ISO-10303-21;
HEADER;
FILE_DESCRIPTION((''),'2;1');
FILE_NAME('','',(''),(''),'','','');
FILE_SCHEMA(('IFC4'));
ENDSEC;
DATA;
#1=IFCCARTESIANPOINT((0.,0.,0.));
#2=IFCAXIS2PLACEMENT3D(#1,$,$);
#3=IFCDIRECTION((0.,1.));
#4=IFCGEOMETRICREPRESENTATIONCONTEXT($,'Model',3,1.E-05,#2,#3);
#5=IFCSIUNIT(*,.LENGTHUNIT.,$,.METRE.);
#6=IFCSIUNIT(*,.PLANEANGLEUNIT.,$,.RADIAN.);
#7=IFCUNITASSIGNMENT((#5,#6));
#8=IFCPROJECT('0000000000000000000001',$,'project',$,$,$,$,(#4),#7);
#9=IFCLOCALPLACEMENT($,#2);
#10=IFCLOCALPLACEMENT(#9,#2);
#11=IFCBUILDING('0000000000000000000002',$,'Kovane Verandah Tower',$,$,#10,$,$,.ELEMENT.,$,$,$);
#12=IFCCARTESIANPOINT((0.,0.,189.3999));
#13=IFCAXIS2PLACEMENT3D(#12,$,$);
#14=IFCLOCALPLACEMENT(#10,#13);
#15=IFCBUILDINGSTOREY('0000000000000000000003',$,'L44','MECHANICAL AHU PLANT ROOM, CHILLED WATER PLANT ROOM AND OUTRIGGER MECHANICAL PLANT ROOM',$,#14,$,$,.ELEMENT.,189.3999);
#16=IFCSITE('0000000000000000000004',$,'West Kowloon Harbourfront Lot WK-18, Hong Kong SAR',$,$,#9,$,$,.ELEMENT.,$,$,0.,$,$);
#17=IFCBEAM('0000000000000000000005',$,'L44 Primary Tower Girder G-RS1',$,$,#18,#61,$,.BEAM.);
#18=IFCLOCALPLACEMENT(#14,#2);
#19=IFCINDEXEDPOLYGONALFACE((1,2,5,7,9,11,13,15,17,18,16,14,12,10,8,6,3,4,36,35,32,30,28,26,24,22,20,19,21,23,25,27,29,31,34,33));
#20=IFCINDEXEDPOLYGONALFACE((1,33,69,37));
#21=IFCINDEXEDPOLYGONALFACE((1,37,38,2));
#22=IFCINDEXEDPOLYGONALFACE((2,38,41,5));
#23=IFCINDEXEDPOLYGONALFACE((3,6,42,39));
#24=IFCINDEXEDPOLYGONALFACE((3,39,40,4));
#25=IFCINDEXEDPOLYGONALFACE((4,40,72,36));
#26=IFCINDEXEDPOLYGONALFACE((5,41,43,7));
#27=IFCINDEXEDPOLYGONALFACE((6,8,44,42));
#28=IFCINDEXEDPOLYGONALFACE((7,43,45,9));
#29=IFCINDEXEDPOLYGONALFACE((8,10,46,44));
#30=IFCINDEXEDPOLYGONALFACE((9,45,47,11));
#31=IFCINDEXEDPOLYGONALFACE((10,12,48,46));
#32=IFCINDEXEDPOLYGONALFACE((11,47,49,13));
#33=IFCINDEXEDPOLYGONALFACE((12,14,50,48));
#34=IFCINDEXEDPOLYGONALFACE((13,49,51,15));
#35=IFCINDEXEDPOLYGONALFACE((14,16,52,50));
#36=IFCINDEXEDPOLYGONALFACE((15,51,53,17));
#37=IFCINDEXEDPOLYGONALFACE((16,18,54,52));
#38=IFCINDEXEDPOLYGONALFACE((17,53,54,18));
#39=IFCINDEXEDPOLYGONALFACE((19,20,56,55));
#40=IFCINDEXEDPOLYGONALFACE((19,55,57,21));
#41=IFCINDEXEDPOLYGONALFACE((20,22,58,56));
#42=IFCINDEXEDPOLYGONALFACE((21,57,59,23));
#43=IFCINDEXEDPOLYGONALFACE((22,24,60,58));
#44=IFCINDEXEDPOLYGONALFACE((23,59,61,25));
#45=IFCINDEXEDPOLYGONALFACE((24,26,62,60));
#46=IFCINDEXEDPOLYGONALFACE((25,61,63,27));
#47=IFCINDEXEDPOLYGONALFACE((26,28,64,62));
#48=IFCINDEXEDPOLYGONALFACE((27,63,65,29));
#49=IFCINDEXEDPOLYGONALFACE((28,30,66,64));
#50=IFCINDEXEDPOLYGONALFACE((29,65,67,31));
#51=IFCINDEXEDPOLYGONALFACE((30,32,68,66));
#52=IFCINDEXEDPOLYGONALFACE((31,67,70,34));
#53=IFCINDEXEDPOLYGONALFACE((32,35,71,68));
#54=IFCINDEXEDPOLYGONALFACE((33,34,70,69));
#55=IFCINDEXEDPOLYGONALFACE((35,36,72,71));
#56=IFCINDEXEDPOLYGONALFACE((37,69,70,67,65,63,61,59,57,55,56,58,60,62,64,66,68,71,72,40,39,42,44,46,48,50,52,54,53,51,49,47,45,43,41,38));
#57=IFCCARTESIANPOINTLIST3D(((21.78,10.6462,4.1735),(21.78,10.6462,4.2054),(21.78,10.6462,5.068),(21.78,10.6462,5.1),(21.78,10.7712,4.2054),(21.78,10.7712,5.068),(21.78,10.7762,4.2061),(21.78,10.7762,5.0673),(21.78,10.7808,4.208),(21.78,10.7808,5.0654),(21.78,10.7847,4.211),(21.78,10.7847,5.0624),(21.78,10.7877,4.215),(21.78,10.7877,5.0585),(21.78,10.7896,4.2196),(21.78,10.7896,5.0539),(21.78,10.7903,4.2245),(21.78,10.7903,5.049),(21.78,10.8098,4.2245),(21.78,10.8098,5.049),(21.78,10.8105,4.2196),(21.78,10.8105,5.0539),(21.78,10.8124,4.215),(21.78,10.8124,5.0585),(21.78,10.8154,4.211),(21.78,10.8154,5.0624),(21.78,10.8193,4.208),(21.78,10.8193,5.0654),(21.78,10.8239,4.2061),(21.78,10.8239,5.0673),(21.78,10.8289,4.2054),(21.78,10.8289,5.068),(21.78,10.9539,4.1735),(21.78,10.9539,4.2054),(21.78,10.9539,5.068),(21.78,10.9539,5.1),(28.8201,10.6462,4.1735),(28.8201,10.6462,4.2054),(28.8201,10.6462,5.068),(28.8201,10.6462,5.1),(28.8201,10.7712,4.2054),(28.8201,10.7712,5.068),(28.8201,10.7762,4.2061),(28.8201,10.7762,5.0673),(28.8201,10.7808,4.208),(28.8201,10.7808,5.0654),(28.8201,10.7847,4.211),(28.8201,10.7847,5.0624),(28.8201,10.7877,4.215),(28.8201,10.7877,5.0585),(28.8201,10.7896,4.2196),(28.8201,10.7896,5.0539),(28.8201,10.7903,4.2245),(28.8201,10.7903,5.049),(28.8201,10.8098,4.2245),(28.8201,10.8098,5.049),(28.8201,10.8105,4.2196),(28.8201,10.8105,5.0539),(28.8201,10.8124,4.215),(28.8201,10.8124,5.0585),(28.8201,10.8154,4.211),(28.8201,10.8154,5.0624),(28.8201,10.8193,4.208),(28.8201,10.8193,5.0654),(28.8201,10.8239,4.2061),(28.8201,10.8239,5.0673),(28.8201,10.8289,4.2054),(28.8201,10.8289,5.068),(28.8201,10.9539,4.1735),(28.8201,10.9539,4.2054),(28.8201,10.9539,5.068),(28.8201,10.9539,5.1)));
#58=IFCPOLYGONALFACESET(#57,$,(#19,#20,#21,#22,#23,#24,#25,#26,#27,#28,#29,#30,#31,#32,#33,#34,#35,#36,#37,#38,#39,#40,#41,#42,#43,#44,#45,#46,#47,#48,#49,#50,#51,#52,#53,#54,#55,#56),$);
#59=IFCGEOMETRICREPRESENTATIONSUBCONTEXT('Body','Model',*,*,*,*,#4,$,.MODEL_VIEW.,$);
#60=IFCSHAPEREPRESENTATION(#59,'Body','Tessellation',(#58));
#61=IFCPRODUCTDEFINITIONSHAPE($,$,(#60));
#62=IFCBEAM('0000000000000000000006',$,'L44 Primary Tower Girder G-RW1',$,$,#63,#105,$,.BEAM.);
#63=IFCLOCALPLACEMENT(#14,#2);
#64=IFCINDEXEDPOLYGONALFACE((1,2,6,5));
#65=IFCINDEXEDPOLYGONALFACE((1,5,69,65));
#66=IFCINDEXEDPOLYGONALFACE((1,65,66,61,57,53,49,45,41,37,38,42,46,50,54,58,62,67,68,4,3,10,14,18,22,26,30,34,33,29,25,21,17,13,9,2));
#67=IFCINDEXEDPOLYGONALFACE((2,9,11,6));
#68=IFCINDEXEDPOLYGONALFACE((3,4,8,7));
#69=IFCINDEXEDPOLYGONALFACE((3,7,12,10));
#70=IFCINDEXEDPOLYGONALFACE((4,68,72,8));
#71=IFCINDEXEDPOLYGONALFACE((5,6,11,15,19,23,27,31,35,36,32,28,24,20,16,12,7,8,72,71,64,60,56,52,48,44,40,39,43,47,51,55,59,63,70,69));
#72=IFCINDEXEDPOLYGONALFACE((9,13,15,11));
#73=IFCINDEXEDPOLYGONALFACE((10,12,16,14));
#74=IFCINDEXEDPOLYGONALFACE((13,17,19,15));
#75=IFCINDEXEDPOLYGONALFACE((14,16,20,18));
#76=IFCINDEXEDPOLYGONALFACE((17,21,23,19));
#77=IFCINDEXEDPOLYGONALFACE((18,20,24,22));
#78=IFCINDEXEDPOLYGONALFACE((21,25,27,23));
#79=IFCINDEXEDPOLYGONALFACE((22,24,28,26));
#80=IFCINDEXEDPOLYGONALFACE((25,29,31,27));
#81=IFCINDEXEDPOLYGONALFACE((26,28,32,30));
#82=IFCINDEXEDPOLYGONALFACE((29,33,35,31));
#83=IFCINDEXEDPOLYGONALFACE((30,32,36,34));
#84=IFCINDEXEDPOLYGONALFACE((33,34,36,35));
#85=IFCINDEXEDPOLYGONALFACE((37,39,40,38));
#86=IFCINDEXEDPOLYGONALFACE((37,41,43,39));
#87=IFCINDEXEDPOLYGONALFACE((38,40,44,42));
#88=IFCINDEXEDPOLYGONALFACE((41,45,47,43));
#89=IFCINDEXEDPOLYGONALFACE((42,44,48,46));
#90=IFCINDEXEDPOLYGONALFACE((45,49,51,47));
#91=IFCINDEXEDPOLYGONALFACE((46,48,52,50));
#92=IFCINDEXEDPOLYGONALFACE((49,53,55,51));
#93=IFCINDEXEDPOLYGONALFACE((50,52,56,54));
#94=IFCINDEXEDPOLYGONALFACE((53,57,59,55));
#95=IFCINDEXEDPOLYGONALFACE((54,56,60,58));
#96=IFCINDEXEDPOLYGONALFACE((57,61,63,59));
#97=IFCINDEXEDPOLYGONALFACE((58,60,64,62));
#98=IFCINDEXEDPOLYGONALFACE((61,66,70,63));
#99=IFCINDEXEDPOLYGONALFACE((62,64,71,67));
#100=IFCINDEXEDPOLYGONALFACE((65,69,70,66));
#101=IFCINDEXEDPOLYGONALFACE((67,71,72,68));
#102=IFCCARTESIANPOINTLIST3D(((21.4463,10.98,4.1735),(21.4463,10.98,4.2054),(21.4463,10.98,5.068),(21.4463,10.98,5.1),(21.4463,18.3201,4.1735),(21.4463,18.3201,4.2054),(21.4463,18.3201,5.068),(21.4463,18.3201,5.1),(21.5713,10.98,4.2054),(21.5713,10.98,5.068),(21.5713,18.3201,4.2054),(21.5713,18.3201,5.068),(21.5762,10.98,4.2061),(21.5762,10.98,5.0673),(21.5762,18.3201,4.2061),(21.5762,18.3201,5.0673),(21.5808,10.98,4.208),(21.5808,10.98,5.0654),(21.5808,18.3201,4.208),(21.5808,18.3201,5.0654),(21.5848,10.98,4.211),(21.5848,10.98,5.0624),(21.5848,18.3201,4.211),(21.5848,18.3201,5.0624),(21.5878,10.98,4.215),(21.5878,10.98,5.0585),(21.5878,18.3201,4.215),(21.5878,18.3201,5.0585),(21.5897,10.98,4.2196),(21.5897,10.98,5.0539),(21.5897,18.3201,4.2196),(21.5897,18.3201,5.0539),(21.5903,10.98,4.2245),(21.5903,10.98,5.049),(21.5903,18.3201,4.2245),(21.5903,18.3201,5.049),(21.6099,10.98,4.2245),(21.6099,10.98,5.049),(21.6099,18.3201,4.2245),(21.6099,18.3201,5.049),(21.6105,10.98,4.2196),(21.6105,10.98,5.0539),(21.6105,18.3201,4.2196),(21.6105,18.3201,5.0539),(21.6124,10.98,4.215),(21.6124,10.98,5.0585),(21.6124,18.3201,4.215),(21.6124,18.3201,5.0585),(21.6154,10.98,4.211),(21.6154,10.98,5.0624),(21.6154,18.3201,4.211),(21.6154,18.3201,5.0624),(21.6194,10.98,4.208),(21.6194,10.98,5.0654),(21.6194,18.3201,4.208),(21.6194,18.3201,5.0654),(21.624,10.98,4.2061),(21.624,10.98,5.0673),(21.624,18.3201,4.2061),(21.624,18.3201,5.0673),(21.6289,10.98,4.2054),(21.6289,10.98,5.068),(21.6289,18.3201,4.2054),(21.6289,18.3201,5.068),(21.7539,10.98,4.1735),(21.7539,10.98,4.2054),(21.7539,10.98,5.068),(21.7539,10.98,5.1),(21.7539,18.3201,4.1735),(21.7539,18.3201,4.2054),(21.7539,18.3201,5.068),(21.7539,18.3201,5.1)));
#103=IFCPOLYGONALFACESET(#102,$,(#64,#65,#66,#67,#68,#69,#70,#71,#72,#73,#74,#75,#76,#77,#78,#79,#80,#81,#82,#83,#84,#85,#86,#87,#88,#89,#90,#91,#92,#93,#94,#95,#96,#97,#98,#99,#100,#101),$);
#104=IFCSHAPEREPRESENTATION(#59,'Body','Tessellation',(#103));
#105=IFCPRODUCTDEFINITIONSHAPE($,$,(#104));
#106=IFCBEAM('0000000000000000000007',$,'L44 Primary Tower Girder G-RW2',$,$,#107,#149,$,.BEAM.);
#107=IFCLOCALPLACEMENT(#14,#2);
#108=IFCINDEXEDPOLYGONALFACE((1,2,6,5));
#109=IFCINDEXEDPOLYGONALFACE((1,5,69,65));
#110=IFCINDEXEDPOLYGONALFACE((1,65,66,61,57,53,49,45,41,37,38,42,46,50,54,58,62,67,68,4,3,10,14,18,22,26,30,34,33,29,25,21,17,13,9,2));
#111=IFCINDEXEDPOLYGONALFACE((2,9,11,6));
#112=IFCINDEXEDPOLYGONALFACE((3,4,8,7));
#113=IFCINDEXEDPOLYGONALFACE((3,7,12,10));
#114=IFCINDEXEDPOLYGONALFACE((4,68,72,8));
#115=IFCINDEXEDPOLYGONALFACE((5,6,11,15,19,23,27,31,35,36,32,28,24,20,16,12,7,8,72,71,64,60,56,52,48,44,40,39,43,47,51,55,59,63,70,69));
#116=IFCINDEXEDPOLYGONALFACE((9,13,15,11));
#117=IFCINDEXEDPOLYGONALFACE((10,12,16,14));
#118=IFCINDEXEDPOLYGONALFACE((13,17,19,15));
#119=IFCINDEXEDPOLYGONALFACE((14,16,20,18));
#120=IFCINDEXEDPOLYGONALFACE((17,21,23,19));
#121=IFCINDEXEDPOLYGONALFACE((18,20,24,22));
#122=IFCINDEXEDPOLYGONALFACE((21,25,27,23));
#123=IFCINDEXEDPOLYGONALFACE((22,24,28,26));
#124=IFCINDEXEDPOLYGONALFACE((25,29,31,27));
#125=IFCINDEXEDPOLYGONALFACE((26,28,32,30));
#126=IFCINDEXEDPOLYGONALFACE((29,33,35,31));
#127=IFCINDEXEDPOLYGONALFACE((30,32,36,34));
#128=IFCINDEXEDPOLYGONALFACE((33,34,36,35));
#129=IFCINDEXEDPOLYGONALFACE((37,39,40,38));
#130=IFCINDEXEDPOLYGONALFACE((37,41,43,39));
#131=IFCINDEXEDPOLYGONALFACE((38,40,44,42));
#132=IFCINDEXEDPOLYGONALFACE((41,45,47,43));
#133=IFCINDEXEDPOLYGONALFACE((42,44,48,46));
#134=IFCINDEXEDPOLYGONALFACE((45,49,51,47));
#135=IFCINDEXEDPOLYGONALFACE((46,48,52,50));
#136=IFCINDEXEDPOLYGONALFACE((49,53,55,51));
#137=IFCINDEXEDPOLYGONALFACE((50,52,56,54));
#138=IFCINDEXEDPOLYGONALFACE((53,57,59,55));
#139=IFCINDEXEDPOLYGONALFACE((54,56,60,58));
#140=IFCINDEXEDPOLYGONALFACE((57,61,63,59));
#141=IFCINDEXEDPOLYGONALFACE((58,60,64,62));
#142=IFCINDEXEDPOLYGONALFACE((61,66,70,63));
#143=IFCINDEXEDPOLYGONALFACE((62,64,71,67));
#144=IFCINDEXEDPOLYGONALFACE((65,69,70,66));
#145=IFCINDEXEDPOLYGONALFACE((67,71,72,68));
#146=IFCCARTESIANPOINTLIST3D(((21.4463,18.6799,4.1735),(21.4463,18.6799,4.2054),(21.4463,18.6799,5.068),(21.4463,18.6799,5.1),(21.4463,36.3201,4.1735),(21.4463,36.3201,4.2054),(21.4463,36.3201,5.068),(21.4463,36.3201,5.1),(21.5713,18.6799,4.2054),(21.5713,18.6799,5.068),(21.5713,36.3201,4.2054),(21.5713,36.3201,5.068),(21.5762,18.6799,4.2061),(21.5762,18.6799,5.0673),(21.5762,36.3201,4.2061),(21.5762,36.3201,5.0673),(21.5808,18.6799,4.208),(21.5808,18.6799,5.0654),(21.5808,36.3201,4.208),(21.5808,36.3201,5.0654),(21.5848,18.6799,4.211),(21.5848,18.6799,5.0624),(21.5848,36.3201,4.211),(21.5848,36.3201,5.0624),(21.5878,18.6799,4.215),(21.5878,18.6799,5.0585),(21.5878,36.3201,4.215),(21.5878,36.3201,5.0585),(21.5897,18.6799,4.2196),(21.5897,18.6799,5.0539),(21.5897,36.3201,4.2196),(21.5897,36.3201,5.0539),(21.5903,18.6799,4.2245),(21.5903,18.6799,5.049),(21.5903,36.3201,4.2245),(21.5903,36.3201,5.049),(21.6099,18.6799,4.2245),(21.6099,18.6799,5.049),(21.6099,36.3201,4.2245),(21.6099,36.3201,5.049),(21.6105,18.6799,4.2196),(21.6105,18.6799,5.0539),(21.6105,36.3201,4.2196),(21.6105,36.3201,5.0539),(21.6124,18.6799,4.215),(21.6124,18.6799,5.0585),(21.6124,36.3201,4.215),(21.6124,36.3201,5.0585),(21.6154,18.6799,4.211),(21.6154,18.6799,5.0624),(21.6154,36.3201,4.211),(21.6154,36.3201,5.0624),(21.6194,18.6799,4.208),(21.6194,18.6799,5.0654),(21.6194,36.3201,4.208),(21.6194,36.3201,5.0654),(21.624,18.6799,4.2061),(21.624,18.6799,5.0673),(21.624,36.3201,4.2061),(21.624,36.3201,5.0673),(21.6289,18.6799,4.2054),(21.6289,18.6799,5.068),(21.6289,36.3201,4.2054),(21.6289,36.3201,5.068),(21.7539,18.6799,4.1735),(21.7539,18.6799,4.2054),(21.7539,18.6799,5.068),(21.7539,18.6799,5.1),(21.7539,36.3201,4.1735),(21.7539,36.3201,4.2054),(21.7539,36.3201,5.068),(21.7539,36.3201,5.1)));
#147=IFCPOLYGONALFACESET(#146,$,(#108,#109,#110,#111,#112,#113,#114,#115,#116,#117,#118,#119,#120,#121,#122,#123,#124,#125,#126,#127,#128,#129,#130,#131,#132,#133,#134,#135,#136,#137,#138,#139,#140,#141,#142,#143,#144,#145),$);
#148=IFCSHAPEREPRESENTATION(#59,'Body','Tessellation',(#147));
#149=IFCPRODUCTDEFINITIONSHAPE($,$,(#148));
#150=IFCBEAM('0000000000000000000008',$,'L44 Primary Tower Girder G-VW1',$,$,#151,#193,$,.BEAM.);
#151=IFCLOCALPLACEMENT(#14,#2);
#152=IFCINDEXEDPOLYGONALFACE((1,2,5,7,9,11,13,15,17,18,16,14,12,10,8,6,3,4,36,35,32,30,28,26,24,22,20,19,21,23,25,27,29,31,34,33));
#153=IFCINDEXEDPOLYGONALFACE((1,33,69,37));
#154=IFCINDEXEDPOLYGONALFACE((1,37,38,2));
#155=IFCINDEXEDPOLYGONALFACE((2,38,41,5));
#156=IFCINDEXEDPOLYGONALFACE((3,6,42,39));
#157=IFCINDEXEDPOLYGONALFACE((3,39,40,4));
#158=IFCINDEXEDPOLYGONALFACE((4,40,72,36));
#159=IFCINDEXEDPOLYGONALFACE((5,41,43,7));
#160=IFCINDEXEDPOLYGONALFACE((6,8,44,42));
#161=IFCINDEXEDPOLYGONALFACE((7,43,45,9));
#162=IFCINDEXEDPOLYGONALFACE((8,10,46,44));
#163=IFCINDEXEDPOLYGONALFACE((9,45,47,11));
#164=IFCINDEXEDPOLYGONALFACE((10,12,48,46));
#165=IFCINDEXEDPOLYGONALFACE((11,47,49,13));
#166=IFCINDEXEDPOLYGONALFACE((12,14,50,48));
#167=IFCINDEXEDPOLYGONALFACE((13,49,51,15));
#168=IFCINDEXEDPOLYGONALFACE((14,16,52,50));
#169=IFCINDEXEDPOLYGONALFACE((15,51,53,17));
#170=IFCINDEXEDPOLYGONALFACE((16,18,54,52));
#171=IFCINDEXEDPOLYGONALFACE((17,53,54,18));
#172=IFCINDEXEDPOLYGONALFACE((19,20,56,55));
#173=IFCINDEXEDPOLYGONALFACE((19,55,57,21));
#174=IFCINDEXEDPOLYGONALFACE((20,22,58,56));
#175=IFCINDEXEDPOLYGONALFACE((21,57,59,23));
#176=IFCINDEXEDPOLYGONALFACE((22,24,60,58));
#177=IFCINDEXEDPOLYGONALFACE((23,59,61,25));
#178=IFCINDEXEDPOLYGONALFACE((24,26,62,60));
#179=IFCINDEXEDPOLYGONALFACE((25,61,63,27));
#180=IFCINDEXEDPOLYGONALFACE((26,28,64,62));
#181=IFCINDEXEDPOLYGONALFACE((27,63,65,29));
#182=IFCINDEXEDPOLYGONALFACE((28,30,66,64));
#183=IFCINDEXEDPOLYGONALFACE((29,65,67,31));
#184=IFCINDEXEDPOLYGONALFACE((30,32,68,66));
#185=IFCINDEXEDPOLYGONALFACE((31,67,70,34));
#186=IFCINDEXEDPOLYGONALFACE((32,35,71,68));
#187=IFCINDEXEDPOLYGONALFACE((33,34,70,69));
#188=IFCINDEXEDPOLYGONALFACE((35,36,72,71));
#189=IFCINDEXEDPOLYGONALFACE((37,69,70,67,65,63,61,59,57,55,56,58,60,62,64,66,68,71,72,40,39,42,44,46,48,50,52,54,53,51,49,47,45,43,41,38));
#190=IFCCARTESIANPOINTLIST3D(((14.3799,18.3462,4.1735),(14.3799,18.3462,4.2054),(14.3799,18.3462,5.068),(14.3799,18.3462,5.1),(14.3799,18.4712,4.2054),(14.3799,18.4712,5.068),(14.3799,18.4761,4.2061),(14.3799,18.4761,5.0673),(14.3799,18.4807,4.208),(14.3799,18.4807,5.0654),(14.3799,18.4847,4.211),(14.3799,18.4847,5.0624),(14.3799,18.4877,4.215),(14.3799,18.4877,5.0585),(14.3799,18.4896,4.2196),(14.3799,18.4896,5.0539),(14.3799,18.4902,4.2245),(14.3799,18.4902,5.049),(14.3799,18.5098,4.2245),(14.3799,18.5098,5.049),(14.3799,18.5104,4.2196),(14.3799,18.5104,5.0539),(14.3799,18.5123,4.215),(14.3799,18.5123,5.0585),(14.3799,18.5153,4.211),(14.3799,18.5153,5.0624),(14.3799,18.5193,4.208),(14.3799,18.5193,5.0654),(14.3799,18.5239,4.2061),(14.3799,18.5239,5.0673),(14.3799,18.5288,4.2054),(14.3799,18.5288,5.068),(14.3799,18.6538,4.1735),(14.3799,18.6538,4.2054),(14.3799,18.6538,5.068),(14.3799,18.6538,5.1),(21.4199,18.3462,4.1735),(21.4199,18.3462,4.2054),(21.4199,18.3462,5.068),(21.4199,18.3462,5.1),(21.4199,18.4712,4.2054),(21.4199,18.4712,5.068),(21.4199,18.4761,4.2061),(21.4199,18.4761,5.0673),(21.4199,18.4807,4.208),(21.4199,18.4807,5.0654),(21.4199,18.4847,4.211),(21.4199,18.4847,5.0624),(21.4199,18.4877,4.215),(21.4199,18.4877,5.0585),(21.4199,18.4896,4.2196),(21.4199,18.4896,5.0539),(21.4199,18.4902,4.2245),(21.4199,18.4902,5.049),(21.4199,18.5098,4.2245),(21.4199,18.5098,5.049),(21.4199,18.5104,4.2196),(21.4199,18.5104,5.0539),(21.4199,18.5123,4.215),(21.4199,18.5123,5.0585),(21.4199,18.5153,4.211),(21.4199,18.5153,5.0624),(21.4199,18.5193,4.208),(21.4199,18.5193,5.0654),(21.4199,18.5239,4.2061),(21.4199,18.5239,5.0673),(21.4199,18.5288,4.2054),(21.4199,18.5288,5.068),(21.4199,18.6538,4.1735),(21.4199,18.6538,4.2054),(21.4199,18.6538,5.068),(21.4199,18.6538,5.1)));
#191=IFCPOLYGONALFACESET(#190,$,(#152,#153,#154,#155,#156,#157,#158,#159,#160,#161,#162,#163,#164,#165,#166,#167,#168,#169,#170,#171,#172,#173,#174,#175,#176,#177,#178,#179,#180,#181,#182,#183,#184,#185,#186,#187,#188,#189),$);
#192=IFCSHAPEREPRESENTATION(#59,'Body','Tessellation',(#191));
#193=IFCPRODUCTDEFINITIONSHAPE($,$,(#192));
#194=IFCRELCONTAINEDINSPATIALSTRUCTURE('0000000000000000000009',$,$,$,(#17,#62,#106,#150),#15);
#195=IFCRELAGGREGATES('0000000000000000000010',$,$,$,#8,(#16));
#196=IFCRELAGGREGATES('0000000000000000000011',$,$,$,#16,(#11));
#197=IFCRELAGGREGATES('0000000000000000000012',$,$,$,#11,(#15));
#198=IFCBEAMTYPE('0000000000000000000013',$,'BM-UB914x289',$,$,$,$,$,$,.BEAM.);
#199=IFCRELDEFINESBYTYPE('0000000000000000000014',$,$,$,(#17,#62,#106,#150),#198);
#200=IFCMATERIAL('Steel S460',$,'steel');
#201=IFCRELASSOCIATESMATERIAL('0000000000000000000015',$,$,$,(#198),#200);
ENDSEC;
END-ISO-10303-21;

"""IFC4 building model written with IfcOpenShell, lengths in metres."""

from ifc_helpers import new_model, si_unit, direction, frame, origin, origin_2d, place, context, subcontext, project, spatial, i_section, extrude, material, material_profile, profile_set, type_object, element, save


model = new_model("IFC4")

# Units and contexts
model_context = context("Model", 3, precision=1e-05, world=origin(), true_north=direction((0.0, 1.0)))
body_context = subcontext(model_context, "Body", "Model", "MODEL_VIEW")
ifc_project = project(units=[si_unit("LENGTHUNIT", "METRE"), si_unit("PLANEANGLEUNIT", "RADIAN")], contexts=[model_context])

# Site, building, storey
site_placement = place(None, origin())
site = spatial("IfcSite", under=ifc_project, at=site_placement, Name="West Kowloon Harbourfront Lot WK-18, Hong Kong SAR", CompositionType="ELEMENT", RefElevation=0.0)
building_placement = place(site_placement, origin())
building = spatial("IfcBuilding", under=site, at=building_placement, Name="Kovane Verandah Tower", CompositionType="ELEMENT")
storey_placement = place(building_placement, frame((0.0, 0.0, 189.3999)))
storey = spatial("IfcBuildingStorey", under=building, at=storey_placement, Name="L44", Description="MECHANICAL AHU PLANT ROOM, CHILLED WATER PLANT ROOM AND OUTRIGGER MECHANICAL PLANT ROOM", CompositionType="ELEMENT", Elevation=189.3999)

# Beams
ifc_material_1 = material(Name="Steel S460", Category="steel")
ifc_material_profile_1 = material_profile(ifc_material_1, i_section(OverallWidth=0.3076, OverallDepth=0.9265, WebThickness=0.0195, FlangeThickness=0.032, FilletRadius=0.019, at=origin_2d()), Name="UB914x305x289")
ifc_profile_set_1 = profile_set([ifc_material_profile_1], Name="Steel S460")
beam_type_1 = type_object("IfcBeamType", Name="BM-UB914x289", PredefinedType="BEAM", material=ifc_profile_set_1)
beam_1_placement = place(storey_placement, frame((21.78, 10.8, 4.6367), z_axis=(1.0, 0.0, 0.0), x_axis=(0.0, 1.0, 0.0)))
element("IfcBeam", 1, at=beam_1_placement, inside=storey, type_object=beam_type_1, Name="L44 Primary Tower Girder G-RS1", PredefinedType="BEAM", context=body_context, shape_type="SweptSolid", body=[
    extrude(i_section(OverallWidth=0.3076, OverallDepth=0.9265, WebThickness=0.0195, FlangeThickness=0.032, FilletRadius=0.019, at=origin_2d()), origin(), (0.0, 0.0, 1.0), 7.04),
])
beam_2_placement = place(storey_placement, frame((21.6001, 10.98, 4.6367), z_axis=(0.0, 1.0, 0.0), x_axis=(-1.0, 0.0, 0.0)))
element("IfcBeam", 2, at=beam_2_placement, inside=storey, type_object=beam_type_1, Name="L44 Primary Tower Girder G-RW1", PredefinedType="BEAM", context=body_context, shape_type="SweptSolid", body=[
    extrude(i_section(OverallWidth=0.3076, OverallDepth=0.9265, WebThickness=0.0195, FlangeThickness=0.032, FilletRadius=0.019, at=origin_2d()), origin(), (0.0, 0.0, 1.0), 7.3401),
])
beam_3_placement = place(storey_placement, frame((21.6001, 18.6799, 4.6367), z_axis=(0.0, 1.0, 0.0), x_axis=(-1.0, 0.0, 0.0)))
element("IfcBeam", 3, at=beam_3_placement, inside=storey, type_object=beam_type_1, Name="L44 Primary Tower Girder G-RW2", PredefinedType="BEAM", context=body_context, shape_type="SweptSolid", body=[
    extrude(i_section(OverallWidth=0.3076, OverallDepth=0.9265, WebThickness=0.0195, FlangeThickness=0.032, FilletRadius=0.019, at=origin_2d()), origin(), (0.0, 0.0, 1.0), 17.6401),
])
beam_4_placement = place(storey_placement, frame((21.4199, 18.5, 4.6367), z_axis=(-1.0, 0.0, 0.0), x_axis=(0.0, -1.0, 0.0)))
element("IfcBeam", 4, at=beam_4_placement, inside=storey, type_object=beam_type_1, Name="L44 Primary Tower Girder G-VW1", PredefinedType="BEAM", context=body_context, shape_type="SweptSolid", body=[
    extrude(i_section(OverallWidth=0.3076, OverallDepth=0.9265, WebThickness=0.0195, FlangeThickness=0.032, FilletRadius=0.019, at=origin_2d()), origin(), (0.0, 0.0, 1.0), 7.04),
])

save(model, "model.ifc")
